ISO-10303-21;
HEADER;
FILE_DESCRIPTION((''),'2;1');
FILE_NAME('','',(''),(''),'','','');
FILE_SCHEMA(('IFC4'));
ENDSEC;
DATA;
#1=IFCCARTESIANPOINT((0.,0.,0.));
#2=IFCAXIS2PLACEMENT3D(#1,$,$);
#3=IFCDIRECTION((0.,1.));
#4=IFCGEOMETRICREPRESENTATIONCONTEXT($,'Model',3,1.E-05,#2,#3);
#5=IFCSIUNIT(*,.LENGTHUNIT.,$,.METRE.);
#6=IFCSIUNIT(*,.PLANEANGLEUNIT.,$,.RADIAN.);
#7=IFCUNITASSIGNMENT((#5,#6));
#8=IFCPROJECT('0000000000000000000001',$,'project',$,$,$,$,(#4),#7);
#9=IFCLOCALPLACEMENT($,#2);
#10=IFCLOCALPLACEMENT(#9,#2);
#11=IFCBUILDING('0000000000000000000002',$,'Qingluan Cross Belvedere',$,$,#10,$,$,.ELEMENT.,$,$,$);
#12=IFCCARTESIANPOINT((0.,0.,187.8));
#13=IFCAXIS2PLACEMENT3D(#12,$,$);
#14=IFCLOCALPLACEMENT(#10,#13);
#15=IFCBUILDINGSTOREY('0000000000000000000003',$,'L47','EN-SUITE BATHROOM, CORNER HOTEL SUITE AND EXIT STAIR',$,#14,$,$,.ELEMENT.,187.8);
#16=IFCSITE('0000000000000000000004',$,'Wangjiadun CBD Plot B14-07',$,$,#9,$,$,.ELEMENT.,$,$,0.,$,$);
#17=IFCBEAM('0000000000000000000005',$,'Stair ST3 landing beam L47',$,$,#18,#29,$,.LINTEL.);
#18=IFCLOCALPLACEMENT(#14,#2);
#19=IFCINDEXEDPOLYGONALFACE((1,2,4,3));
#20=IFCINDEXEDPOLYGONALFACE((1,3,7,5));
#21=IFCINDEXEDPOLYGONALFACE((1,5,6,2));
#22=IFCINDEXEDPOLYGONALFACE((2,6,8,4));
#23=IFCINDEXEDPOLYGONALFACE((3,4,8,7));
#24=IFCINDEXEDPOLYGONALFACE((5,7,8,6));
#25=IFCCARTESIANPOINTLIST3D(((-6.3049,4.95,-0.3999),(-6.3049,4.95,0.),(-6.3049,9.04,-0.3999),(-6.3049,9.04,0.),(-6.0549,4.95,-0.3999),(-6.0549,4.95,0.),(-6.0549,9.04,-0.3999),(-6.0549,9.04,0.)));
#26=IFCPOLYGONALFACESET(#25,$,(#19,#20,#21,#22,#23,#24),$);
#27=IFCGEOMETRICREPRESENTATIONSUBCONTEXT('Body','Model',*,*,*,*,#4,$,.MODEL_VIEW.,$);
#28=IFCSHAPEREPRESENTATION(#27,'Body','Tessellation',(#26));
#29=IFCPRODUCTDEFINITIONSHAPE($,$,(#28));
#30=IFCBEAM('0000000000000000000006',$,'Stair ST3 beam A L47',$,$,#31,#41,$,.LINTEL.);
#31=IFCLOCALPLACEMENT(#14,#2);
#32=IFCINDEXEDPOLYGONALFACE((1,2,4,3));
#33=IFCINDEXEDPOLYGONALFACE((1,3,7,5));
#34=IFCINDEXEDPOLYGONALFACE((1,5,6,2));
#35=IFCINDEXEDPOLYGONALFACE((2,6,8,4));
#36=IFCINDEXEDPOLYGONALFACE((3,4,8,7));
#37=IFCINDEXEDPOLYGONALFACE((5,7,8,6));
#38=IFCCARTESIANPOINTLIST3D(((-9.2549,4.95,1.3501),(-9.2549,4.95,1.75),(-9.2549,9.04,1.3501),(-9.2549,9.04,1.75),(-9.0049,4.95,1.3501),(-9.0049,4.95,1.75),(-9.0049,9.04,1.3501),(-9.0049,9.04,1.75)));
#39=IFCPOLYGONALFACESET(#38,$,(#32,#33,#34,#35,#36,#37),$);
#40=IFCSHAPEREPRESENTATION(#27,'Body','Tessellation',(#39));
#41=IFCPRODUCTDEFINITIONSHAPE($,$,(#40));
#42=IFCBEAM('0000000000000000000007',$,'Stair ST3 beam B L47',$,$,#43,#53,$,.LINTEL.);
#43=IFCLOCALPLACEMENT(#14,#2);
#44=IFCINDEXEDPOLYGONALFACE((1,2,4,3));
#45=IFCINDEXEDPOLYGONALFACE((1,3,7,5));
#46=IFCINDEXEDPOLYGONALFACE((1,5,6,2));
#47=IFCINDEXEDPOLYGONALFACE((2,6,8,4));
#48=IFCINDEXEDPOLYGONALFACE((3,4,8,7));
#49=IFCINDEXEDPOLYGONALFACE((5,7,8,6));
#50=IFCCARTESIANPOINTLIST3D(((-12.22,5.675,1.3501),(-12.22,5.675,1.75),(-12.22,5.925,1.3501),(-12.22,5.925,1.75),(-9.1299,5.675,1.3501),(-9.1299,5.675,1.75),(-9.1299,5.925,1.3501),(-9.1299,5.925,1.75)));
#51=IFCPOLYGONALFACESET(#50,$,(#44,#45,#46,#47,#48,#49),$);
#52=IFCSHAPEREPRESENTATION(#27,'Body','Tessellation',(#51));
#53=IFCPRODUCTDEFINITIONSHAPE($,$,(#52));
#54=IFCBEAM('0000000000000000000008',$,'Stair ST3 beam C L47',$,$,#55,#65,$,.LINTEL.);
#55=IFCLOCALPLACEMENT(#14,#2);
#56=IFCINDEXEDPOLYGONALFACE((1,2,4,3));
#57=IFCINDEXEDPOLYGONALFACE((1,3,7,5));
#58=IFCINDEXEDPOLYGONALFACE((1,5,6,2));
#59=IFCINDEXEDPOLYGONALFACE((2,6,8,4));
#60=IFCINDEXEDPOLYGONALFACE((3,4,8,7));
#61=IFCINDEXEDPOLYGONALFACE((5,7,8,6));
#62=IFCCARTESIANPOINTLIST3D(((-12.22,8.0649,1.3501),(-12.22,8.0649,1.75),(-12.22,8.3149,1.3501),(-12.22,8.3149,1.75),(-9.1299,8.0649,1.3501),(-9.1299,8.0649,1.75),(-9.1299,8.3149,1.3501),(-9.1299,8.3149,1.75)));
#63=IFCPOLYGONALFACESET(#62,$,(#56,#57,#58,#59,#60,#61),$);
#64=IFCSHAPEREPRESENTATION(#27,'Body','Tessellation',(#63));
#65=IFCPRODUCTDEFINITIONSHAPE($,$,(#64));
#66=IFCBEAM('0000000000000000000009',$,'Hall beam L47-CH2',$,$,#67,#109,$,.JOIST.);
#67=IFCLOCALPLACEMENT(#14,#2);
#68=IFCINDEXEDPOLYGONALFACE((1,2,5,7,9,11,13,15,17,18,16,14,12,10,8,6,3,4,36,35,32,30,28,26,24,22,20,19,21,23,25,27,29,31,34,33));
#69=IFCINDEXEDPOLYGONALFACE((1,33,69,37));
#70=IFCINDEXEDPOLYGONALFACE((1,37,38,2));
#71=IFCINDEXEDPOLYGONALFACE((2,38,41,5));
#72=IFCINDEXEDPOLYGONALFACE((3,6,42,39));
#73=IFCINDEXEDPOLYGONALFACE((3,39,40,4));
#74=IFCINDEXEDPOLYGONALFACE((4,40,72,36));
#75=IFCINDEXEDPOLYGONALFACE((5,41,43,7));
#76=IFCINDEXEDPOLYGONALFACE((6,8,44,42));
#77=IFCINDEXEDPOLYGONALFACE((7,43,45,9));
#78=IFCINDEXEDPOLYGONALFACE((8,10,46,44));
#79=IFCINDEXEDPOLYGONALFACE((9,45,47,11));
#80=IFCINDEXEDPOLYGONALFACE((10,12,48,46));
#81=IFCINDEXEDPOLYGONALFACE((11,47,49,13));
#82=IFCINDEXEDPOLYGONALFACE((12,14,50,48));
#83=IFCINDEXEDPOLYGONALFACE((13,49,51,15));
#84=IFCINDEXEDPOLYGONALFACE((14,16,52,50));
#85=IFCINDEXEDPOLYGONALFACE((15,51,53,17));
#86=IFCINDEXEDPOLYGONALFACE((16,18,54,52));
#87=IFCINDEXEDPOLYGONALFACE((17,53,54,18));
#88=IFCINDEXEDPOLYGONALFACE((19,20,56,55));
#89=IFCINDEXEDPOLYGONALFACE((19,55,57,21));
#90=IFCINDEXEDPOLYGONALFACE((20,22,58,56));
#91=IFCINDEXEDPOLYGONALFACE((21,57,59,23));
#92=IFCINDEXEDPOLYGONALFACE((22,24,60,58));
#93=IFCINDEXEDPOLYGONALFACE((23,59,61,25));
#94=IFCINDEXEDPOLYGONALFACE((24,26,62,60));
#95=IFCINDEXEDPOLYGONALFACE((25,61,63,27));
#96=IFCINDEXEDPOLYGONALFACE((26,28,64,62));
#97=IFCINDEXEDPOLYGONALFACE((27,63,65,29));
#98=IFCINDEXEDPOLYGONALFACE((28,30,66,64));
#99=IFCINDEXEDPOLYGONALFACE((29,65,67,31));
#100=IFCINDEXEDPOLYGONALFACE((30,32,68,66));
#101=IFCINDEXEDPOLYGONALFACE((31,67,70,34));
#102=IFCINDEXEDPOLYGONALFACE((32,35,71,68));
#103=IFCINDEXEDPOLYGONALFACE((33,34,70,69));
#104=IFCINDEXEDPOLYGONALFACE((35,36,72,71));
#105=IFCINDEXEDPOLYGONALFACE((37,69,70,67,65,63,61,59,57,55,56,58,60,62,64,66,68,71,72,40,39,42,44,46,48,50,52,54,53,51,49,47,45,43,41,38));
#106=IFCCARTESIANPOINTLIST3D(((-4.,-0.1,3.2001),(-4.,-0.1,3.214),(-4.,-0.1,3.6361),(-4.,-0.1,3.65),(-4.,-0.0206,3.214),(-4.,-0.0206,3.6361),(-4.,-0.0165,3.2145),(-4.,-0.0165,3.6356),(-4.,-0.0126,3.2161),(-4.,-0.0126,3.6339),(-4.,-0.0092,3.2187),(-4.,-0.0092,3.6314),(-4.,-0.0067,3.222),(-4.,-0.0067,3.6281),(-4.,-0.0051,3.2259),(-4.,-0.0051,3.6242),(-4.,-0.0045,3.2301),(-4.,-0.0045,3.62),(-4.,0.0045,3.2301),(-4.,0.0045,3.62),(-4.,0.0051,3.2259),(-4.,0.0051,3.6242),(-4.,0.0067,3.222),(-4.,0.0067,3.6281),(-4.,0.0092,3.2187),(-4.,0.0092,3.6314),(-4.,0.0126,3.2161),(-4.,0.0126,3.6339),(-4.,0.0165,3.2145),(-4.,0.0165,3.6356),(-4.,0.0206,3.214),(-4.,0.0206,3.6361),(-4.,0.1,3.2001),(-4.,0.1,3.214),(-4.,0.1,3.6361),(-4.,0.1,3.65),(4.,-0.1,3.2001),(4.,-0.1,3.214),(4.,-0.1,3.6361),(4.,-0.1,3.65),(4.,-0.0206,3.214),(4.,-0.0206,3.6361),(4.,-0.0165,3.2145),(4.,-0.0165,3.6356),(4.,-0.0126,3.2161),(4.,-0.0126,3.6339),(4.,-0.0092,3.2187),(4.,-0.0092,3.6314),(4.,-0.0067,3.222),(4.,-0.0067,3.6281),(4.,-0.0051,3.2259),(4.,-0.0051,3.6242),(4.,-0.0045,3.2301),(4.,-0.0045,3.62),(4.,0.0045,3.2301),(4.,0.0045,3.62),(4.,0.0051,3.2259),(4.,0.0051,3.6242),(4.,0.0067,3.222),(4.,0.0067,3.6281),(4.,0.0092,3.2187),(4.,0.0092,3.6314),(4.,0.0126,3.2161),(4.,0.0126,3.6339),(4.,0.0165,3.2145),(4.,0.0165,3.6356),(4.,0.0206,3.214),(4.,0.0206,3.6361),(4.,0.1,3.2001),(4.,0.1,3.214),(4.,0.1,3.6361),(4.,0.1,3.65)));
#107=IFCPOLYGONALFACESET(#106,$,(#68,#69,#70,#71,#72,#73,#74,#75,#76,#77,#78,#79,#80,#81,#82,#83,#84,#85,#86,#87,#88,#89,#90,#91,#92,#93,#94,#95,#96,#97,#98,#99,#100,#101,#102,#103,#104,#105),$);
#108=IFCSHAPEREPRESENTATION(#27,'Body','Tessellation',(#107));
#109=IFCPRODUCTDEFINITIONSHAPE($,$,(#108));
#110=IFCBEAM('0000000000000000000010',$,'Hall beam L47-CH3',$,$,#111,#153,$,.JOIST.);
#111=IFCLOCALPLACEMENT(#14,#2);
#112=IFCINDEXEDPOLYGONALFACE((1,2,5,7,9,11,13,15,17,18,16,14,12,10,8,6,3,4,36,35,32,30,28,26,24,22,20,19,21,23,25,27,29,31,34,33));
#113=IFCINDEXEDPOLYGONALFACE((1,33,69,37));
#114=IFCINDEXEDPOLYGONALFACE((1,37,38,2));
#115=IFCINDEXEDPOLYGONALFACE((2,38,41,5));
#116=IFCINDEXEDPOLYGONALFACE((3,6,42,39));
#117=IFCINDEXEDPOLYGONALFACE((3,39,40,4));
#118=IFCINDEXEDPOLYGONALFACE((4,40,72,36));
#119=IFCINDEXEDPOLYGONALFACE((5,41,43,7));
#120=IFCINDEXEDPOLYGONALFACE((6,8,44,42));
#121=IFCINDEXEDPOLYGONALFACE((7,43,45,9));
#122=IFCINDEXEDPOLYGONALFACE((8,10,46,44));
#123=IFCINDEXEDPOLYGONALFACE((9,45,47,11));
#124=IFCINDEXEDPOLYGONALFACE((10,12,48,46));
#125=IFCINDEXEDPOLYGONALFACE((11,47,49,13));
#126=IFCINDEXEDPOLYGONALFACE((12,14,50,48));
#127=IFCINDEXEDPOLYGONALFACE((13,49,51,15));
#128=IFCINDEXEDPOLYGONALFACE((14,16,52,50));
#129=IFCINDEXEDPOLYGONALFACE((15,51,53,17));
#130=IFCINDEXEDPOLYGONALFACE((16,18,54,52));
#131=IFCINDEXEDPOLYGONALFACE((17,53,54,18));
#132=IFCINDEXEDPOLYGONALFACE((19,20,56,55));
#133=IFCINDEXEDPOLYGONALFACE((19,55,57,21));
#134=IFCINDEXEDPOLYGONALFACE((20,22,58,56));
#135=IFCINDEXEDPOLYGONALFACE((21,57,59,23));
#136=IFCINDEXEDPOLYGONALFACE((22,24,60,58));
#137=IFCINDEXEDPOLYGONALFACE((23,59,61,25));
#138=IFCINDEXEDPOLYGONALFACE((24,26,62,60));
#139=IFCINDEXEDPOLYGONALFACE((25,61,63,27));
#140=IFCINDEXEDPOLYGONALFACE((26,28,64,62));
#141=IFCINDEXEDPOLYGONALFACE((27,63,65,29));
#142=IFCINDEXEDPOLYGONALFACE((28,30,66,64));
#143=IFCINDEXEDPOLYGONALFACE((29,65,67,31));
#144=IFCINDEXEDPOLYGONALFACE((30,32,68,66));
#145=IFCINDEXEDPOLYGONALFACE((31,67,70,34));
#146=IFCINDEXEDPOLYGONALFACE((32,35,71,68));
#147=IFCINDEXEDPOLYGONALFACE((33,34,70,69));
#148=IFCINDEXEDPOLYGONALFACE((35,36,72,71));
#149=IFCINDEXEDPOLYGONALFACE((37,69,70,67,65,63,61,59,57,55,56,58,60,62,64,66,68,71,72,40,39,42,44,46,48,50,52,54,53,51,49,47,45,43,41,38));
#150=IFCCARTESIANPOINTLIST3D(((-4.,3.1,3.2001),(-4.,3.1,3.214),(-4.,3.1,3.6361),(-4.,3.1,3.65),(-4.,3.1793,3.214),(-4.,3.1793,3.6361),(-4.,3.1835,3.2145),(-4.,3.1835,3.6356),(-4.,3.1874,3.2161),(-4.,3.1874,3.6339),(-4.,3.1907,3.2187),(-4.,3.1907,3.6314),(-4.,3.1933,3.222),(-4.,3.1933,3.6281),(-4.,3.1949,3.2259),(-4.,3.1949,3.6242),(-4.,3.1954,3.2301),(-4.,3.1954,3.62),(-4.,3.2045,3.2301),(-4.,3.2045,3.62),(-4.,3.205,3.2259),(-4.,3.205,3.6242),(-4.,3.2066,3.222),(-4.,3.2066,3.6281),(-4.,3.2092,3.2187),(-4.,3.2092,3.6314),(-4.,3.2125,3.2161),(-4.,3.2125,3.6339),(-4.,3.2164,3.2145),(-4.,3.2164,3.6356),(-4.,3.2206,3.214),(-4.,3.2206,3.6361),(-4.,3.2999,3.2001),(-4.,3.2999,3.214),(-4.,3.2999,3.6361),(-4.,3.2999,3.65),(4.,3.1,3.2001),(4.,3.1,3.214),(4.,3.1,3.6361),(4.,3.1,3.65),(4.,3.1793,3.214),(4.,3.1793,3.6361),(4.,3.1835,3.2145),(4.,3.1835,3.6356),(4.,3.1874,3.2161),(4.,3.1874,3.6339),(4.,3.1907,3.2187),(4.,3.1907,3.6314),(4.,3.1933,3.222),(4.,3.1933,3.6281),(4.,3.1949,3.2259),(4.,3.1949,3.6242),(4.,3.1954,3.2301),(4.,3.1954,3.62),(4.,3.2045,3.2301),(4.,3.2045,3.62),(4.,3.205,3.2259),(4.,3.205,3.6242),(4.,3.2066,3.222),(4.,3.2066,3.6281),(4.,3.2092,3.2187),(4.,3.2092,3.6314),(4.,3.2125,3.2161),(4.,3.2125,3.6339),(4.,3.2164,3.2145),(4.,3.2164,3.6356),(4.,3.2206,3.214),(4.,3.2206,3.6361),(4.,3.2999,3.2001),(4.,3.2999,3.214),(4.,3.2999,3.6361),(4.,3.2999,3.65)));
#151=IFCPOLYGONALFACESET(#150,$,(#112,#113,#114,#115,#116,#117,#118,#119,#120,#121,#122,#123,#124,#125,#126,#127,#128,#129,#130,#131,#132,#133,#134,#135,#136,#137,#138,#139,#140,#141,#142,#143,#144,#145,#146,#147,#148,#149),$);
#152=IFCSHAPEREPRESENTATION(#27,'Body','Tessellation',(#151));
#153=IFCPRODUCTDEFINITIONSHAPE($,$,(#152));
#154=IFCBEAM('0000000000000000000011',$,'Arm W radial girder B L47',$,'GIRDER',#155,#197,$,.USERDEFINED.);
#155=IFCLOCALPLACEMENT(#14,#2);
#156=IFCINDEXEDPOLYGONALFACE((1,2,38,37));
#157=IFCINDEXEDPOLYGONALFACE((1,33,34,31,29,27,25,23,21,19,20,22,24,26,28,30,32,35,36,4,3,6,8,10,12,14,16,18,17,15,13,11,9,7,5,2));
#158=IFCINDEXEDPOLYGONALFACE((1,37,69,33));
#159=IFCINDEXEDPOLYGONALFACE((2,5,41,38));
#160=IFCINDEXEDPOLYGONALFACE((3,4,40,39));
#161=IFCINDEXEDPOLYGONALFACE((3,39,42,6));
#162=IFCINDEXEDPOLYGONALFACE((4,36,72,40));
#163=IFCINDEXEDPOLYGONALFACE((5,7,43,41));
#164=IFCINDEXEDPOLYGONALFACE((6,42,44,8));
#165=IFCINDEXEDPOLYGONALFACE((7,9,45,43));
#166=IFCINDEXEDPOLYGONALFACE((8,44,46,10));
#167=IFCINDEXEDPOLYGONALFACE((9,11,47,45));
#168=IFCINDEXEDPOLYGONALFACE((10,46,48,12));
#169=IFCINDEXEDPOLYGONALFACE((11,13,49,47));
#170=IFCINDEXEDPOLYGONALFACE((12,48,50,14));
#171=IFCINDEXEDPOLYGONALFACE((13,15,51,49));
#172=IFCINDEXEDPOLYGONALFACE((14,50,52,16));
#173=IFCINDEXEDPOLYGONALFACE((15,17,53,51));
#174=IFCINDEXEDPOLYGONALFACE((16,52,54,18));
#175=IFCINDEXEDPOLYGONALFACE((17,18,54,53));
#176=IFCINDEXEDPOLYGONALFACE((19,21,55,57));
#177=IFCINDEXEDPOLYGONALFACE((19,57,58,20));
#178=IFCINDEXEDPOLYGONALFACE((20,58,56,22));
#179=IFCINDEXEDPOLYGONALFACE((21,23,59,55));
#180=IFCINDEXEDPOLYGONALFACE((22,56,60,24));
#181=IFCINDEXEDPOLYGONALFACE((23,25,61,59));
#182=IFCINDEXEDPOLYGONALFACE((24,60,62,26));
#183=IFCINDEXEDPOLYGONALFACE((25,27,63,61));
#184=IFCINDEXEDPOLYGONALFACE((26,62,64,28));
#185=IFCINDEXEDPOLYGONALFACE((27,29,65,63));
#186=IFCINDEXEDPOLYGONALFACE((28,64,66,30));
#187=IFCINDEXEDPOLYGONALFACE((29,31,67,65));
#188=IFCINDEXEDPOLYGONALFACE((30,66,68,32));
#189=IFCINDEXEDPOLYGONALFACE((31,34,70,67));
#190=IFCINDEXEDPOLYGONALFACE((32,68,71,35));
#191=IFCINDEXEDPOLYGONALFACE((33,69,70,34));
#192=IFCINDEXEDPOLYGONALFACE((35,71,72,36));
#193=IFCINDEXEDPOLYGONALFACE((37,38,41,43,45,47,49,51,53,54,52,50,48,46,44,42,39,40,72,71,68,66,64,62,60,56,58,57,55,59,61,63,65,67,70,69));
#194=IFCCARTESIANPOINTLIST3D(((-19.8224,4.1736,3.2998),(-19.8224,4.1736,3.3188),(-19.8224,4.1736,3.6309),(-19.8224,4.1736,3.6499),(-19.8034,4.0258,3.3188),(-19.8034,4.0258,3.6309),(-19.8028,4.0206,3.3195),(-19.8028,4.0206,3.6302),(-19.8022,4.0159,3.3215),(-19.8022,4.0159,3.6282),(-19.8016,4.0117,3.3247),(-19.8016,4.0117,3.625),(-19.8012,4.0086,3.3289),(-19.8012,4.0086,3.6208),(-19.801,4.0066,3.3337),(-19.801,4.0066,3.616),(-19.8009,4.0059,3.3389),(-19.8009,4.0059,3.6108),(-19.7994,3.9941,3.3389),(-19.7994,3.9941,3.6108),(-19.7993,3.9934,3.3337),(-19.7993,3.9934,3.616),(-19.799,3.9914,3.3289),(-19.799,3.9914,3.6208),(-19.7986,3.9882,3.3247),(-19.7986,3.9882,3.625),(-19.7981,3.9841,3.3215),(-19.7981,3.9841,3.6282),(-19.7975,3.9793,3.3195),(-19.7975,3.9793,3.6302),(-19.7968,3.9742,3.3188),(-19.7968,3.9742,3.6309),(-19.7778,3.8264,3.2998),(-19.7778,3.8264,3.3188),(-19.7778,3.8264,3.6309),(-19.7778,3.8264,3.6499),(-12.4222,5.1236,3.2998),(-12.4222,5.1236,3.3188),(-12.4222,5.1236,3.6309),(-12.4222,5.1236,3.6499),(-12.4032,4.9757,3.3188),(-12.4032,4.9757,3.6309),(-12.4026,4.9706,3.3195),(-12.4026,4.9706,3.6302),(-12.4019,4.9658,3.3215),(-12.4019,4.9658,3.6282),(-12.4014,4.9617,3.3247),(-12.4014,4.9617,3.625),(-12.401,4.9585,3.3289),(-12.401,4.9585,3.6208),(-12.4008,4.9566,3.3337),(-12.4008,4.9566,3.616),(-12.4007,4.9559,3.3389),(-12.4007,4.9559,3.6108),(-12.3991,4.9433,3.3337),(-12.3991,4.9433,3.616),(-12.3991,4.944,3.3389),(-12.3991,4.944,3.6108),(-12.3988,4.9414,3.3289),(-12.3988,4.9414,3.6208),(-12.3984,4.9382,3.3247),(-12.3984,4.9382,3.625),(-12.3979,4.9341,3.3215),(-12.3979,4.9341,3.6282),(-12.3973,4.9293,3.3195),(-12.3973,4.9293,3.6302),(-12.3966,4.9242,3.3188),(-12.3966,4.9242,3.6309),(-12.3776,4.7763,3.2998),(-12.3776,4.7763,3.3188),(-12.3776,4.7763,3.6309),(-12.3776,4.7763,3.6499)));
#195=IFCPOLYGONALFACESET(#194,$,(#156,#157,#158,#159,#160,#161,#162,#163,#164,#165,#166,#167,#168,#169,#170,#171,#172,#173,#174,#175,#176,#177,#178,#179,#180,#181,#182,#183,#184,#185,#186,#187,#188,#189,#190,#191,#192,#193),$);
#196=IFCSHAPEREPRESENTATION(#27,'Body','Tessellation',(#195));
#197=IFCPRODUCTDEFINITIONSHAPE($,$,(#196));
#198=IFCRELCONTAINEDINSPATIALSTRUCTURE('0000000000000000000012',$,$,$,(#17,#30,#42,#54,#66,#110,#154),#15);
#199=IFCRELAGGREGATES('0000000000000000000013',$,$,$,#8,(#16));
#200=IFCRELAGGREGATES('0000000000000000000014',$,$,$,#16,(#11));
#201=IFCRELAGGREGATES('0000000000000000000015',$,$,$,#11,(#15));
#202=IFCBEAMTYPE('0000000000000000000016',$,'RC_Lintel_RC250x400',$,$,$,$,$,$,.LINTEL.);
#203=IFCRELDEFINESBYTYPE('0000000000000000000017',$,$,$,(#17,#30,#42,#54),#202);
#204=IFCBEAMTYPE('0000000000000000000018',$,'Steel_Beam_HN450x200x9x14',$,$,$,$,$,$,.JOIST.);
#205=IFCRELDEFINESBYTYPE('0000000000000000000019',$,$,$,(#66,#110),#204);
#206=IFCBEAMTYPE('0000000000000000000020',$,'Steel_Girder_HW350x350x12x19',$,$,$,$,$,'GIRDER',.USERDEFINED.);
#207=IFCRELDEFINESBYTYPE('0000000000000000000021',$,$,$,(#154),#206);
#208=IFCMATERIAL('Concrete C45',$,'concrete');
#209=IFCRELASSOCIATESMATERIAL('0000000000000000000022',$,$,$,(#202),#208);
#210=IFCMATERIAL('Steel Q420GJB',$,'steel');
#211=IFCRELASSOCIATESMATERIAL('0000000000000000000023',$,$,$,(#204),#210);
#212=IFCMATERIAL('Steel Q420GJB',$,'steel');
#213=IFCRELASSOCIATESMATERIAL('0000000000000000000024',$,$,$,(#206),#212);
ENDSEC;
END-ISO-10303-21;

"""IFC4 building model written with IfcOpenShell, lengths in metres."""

from ifc_helpers import new_model, si_unit, direction, frame, origin, origin_2d, place, context, subcontext, project, spatial, rectangle, i_section, extrude, material, material_profile, profile_set, type_object, element, save


model = new_model("IFC4")

# Units and contexts
model_context = context("Model", 3, precision=1e-05, world=origin(), true_north=direction((0.0, 1.0)))
body_context = subcontext(model_context, "Body", "Model", "MODEL_VIEW")
ifc_project = project(units=[si_unit("LENGTHUNIT", "METRE"), si_unit("PLANEANGLEUNIT", "RADIAN")], contexts=[model_context])

# Site, building, storey
site_placement = place(None, origin())
site = spatial("IfcSite", under=ifc_project, at=site_placement, Name="Wangjiadun CBD Plot B14-07", CompositionType="ELEMENT", RefElevation=0.0)
building_placement = place(site_placement, origin())
building = spatial("IfcBuilding", under=site, at=building_placement, Name="Qingluan Cross Belvedere", CompositionType="ELEMENT")
storey_placement = place(building_placement, frame((0.0, 0.0, 187.8)))
storey = spatial("IfcBuildingStorey", under=building, at=storey_placement, Name="L47", Description="EN-SUITE BATHROOM, CORNER HOTEL SUITE AND EXIT STAIR", CompositionType="ELEMENT", Elevation=187.8)

# Beams
ifc_material_1 = material(Name="Concrete C45", Category="concrete")
ifc_material_profile_1 = material_profile(ifc_material_1, rectangle(XDim=0.25, YDim=0.3999, at=origin_2d()), Name="RC250x400")
ifc_profile_set_1 = profile_set([ifc_material_profile_1], Name="Concrete C45")
beam_type_1 = type_object("IfcBeamType", Name="RC_Lintel_RC250x400", PredefinedType="LINTEL", material=ifc_profile_set_1)
for number, where, z_axis, x_axis, name in (
    (1, (-6.1799, 4.95, -0.2), (0.0, 1.0, 0.0), (-1.0, 0.0, 0.0), "Stair ST3 landing beam L47"),
    (2, (-9.1299, 4.95, 1.55), (0.0, 1.0, 0.0), (-1.0, 0.0, 0.0), "Stair ST3 beam A L47"),
):
    element("IfcBeam", number, at=place(storey_placement, frame(where, z_axis=z_axis, x_axis=x_axis)), inside=storey, type_object=beam_type_1, Name=name, PredefinedType="LINTEL", context=body_context, shape_type="SweptSolid", body=[
        extrude(rectangle(XDim=0.25, YDim=0.3999, at=origin_2d()), origin(), (0.0, 0.0, 1.0), 4.0901),
    ])
for number, where, z_axis, x_axis, name in (
    (3, (-12.22, 5.8, 1.55), (1.0, 0.0, 0.0), (0.0, 1.0, 0.0), "Stair ST3 beam B L47"),
    (4, (-12.22, 8.1899, 1.55), (1.0, 0.0, 0.0), (0.0, 1.0, 0.0), "Stair ST3 beam C L47"),
):
    element("IfcBeam", number, at=place(storey_placement, frame(where, z_axis=z_axis, x_axis=x_axis)), inside=storey, type_object=beam_type_1, Name=name, PredefinedType="LINTEL", context=body_context, shape_type="SweptSolid", body=[
        extrude(rectangle(XDim=0.25, YDim=0.3999, at=origin_2d()), origin(), (0.0, 0.0, 1.0), 3.0901),
    ])
ifc_material_2 = material(Name="Steel Q420GJB", Category="steel")
ifc_material_profile_2 = material_profile(ifc_material_2, i_section(OverallWidth=0.2, OverallDepth=0.45, WebThickness=0.009, FlangeThickness=0.0139, FilletRadius=0.0161, at=origin_2d()), Name="HN450x200x9x14")
ifc_profile_set_2 = profile_set([ifc_material_profile_2], Name="Steel Q420GJB")
beam_type_2 = type_object("IfcBeamType", Name="Steel_Beam_HN450x200x9x14", PredefinedType="JOIST", material=ifc_profile_set_2)
for number, where, z_axis, x_axis, name in (
    (5, (-4.0, 0.0, 3.425), (1.0, 0.0, 0.0), (0.0, 1.0, 0.0), "Hall beam L47-CH2"),
    (6, (-4.0, 3.2, 3.425), (1.0, 0.0, 0.0), (0.0, 1.0, 0.0), "Hall beam L47-CH3"),
):
    element("IfcBeam", number, at=place(storey_placement, frame(where, z_axis=z_axis, x_axis=x_axis)), inside=storey, type_object=beam_type_2, Name=name, PredefinedType="JOIST", context=body_context, shape_type="SweptSolid", body=[
        extrude(i_section(OverallWidth=0.2, OverallDepth=0.45, WebThickness=0.009, FlangeThickness=0.0139, FilletRadius=0.0161, at=origin_2d()), origin(), (0.0, 0.0, 1.0), 8.0),
    ])
ifc_material_3 = material(Name="Steel Q420GJB", Category="steel")
ifc_material_profile_3 = material_profile(ifc_material_3, i_section(OverallWidth=0.3501, OverallDepth=0.3501, WebThickness=0.012, FlangeThickness=0.019, FilletRadius=0.02, at=origin_2d()), Name="HW350x350x12x19")
ifc_profile_set_3 = profile_set([ifc_material_profile_3], Name="Steel Q420GJB")
beam_type_3 = type_object("IfcBeamType", Name="Steel_Girder_HW350x350x12x19", ElementType="GIRDER", PredefinedType="USERDEFINED", material=ifc_profile_set_3)
beam_placement = place(storey_placement, frame((-12.3999, 4.95, 3.4749), z_axis=(-0.991861, -0.127324, 0.0), x_axis=(0.127324, -0.991861, 0.0)))
element("IfcBeam", 7, at=beam_placement, inside=storey, type_object=beam_type_3, Name="Arm W radial girder B L47", ObjectType="GIRDER", PredefinedType="USERDEFINED", context=body_context, shape_type="SweptSolid", body=[
    extrude(i_section(OverallWidth=0.3501, OverallDepth=0.3501, WebThickness=0.012, FlangeThickness=0.019, FilletRadius=0.02, at=origin_2d()), origin(), (0.0, 0.0, 1.0), 7.4609),
])

save(model, "model.ifc")
